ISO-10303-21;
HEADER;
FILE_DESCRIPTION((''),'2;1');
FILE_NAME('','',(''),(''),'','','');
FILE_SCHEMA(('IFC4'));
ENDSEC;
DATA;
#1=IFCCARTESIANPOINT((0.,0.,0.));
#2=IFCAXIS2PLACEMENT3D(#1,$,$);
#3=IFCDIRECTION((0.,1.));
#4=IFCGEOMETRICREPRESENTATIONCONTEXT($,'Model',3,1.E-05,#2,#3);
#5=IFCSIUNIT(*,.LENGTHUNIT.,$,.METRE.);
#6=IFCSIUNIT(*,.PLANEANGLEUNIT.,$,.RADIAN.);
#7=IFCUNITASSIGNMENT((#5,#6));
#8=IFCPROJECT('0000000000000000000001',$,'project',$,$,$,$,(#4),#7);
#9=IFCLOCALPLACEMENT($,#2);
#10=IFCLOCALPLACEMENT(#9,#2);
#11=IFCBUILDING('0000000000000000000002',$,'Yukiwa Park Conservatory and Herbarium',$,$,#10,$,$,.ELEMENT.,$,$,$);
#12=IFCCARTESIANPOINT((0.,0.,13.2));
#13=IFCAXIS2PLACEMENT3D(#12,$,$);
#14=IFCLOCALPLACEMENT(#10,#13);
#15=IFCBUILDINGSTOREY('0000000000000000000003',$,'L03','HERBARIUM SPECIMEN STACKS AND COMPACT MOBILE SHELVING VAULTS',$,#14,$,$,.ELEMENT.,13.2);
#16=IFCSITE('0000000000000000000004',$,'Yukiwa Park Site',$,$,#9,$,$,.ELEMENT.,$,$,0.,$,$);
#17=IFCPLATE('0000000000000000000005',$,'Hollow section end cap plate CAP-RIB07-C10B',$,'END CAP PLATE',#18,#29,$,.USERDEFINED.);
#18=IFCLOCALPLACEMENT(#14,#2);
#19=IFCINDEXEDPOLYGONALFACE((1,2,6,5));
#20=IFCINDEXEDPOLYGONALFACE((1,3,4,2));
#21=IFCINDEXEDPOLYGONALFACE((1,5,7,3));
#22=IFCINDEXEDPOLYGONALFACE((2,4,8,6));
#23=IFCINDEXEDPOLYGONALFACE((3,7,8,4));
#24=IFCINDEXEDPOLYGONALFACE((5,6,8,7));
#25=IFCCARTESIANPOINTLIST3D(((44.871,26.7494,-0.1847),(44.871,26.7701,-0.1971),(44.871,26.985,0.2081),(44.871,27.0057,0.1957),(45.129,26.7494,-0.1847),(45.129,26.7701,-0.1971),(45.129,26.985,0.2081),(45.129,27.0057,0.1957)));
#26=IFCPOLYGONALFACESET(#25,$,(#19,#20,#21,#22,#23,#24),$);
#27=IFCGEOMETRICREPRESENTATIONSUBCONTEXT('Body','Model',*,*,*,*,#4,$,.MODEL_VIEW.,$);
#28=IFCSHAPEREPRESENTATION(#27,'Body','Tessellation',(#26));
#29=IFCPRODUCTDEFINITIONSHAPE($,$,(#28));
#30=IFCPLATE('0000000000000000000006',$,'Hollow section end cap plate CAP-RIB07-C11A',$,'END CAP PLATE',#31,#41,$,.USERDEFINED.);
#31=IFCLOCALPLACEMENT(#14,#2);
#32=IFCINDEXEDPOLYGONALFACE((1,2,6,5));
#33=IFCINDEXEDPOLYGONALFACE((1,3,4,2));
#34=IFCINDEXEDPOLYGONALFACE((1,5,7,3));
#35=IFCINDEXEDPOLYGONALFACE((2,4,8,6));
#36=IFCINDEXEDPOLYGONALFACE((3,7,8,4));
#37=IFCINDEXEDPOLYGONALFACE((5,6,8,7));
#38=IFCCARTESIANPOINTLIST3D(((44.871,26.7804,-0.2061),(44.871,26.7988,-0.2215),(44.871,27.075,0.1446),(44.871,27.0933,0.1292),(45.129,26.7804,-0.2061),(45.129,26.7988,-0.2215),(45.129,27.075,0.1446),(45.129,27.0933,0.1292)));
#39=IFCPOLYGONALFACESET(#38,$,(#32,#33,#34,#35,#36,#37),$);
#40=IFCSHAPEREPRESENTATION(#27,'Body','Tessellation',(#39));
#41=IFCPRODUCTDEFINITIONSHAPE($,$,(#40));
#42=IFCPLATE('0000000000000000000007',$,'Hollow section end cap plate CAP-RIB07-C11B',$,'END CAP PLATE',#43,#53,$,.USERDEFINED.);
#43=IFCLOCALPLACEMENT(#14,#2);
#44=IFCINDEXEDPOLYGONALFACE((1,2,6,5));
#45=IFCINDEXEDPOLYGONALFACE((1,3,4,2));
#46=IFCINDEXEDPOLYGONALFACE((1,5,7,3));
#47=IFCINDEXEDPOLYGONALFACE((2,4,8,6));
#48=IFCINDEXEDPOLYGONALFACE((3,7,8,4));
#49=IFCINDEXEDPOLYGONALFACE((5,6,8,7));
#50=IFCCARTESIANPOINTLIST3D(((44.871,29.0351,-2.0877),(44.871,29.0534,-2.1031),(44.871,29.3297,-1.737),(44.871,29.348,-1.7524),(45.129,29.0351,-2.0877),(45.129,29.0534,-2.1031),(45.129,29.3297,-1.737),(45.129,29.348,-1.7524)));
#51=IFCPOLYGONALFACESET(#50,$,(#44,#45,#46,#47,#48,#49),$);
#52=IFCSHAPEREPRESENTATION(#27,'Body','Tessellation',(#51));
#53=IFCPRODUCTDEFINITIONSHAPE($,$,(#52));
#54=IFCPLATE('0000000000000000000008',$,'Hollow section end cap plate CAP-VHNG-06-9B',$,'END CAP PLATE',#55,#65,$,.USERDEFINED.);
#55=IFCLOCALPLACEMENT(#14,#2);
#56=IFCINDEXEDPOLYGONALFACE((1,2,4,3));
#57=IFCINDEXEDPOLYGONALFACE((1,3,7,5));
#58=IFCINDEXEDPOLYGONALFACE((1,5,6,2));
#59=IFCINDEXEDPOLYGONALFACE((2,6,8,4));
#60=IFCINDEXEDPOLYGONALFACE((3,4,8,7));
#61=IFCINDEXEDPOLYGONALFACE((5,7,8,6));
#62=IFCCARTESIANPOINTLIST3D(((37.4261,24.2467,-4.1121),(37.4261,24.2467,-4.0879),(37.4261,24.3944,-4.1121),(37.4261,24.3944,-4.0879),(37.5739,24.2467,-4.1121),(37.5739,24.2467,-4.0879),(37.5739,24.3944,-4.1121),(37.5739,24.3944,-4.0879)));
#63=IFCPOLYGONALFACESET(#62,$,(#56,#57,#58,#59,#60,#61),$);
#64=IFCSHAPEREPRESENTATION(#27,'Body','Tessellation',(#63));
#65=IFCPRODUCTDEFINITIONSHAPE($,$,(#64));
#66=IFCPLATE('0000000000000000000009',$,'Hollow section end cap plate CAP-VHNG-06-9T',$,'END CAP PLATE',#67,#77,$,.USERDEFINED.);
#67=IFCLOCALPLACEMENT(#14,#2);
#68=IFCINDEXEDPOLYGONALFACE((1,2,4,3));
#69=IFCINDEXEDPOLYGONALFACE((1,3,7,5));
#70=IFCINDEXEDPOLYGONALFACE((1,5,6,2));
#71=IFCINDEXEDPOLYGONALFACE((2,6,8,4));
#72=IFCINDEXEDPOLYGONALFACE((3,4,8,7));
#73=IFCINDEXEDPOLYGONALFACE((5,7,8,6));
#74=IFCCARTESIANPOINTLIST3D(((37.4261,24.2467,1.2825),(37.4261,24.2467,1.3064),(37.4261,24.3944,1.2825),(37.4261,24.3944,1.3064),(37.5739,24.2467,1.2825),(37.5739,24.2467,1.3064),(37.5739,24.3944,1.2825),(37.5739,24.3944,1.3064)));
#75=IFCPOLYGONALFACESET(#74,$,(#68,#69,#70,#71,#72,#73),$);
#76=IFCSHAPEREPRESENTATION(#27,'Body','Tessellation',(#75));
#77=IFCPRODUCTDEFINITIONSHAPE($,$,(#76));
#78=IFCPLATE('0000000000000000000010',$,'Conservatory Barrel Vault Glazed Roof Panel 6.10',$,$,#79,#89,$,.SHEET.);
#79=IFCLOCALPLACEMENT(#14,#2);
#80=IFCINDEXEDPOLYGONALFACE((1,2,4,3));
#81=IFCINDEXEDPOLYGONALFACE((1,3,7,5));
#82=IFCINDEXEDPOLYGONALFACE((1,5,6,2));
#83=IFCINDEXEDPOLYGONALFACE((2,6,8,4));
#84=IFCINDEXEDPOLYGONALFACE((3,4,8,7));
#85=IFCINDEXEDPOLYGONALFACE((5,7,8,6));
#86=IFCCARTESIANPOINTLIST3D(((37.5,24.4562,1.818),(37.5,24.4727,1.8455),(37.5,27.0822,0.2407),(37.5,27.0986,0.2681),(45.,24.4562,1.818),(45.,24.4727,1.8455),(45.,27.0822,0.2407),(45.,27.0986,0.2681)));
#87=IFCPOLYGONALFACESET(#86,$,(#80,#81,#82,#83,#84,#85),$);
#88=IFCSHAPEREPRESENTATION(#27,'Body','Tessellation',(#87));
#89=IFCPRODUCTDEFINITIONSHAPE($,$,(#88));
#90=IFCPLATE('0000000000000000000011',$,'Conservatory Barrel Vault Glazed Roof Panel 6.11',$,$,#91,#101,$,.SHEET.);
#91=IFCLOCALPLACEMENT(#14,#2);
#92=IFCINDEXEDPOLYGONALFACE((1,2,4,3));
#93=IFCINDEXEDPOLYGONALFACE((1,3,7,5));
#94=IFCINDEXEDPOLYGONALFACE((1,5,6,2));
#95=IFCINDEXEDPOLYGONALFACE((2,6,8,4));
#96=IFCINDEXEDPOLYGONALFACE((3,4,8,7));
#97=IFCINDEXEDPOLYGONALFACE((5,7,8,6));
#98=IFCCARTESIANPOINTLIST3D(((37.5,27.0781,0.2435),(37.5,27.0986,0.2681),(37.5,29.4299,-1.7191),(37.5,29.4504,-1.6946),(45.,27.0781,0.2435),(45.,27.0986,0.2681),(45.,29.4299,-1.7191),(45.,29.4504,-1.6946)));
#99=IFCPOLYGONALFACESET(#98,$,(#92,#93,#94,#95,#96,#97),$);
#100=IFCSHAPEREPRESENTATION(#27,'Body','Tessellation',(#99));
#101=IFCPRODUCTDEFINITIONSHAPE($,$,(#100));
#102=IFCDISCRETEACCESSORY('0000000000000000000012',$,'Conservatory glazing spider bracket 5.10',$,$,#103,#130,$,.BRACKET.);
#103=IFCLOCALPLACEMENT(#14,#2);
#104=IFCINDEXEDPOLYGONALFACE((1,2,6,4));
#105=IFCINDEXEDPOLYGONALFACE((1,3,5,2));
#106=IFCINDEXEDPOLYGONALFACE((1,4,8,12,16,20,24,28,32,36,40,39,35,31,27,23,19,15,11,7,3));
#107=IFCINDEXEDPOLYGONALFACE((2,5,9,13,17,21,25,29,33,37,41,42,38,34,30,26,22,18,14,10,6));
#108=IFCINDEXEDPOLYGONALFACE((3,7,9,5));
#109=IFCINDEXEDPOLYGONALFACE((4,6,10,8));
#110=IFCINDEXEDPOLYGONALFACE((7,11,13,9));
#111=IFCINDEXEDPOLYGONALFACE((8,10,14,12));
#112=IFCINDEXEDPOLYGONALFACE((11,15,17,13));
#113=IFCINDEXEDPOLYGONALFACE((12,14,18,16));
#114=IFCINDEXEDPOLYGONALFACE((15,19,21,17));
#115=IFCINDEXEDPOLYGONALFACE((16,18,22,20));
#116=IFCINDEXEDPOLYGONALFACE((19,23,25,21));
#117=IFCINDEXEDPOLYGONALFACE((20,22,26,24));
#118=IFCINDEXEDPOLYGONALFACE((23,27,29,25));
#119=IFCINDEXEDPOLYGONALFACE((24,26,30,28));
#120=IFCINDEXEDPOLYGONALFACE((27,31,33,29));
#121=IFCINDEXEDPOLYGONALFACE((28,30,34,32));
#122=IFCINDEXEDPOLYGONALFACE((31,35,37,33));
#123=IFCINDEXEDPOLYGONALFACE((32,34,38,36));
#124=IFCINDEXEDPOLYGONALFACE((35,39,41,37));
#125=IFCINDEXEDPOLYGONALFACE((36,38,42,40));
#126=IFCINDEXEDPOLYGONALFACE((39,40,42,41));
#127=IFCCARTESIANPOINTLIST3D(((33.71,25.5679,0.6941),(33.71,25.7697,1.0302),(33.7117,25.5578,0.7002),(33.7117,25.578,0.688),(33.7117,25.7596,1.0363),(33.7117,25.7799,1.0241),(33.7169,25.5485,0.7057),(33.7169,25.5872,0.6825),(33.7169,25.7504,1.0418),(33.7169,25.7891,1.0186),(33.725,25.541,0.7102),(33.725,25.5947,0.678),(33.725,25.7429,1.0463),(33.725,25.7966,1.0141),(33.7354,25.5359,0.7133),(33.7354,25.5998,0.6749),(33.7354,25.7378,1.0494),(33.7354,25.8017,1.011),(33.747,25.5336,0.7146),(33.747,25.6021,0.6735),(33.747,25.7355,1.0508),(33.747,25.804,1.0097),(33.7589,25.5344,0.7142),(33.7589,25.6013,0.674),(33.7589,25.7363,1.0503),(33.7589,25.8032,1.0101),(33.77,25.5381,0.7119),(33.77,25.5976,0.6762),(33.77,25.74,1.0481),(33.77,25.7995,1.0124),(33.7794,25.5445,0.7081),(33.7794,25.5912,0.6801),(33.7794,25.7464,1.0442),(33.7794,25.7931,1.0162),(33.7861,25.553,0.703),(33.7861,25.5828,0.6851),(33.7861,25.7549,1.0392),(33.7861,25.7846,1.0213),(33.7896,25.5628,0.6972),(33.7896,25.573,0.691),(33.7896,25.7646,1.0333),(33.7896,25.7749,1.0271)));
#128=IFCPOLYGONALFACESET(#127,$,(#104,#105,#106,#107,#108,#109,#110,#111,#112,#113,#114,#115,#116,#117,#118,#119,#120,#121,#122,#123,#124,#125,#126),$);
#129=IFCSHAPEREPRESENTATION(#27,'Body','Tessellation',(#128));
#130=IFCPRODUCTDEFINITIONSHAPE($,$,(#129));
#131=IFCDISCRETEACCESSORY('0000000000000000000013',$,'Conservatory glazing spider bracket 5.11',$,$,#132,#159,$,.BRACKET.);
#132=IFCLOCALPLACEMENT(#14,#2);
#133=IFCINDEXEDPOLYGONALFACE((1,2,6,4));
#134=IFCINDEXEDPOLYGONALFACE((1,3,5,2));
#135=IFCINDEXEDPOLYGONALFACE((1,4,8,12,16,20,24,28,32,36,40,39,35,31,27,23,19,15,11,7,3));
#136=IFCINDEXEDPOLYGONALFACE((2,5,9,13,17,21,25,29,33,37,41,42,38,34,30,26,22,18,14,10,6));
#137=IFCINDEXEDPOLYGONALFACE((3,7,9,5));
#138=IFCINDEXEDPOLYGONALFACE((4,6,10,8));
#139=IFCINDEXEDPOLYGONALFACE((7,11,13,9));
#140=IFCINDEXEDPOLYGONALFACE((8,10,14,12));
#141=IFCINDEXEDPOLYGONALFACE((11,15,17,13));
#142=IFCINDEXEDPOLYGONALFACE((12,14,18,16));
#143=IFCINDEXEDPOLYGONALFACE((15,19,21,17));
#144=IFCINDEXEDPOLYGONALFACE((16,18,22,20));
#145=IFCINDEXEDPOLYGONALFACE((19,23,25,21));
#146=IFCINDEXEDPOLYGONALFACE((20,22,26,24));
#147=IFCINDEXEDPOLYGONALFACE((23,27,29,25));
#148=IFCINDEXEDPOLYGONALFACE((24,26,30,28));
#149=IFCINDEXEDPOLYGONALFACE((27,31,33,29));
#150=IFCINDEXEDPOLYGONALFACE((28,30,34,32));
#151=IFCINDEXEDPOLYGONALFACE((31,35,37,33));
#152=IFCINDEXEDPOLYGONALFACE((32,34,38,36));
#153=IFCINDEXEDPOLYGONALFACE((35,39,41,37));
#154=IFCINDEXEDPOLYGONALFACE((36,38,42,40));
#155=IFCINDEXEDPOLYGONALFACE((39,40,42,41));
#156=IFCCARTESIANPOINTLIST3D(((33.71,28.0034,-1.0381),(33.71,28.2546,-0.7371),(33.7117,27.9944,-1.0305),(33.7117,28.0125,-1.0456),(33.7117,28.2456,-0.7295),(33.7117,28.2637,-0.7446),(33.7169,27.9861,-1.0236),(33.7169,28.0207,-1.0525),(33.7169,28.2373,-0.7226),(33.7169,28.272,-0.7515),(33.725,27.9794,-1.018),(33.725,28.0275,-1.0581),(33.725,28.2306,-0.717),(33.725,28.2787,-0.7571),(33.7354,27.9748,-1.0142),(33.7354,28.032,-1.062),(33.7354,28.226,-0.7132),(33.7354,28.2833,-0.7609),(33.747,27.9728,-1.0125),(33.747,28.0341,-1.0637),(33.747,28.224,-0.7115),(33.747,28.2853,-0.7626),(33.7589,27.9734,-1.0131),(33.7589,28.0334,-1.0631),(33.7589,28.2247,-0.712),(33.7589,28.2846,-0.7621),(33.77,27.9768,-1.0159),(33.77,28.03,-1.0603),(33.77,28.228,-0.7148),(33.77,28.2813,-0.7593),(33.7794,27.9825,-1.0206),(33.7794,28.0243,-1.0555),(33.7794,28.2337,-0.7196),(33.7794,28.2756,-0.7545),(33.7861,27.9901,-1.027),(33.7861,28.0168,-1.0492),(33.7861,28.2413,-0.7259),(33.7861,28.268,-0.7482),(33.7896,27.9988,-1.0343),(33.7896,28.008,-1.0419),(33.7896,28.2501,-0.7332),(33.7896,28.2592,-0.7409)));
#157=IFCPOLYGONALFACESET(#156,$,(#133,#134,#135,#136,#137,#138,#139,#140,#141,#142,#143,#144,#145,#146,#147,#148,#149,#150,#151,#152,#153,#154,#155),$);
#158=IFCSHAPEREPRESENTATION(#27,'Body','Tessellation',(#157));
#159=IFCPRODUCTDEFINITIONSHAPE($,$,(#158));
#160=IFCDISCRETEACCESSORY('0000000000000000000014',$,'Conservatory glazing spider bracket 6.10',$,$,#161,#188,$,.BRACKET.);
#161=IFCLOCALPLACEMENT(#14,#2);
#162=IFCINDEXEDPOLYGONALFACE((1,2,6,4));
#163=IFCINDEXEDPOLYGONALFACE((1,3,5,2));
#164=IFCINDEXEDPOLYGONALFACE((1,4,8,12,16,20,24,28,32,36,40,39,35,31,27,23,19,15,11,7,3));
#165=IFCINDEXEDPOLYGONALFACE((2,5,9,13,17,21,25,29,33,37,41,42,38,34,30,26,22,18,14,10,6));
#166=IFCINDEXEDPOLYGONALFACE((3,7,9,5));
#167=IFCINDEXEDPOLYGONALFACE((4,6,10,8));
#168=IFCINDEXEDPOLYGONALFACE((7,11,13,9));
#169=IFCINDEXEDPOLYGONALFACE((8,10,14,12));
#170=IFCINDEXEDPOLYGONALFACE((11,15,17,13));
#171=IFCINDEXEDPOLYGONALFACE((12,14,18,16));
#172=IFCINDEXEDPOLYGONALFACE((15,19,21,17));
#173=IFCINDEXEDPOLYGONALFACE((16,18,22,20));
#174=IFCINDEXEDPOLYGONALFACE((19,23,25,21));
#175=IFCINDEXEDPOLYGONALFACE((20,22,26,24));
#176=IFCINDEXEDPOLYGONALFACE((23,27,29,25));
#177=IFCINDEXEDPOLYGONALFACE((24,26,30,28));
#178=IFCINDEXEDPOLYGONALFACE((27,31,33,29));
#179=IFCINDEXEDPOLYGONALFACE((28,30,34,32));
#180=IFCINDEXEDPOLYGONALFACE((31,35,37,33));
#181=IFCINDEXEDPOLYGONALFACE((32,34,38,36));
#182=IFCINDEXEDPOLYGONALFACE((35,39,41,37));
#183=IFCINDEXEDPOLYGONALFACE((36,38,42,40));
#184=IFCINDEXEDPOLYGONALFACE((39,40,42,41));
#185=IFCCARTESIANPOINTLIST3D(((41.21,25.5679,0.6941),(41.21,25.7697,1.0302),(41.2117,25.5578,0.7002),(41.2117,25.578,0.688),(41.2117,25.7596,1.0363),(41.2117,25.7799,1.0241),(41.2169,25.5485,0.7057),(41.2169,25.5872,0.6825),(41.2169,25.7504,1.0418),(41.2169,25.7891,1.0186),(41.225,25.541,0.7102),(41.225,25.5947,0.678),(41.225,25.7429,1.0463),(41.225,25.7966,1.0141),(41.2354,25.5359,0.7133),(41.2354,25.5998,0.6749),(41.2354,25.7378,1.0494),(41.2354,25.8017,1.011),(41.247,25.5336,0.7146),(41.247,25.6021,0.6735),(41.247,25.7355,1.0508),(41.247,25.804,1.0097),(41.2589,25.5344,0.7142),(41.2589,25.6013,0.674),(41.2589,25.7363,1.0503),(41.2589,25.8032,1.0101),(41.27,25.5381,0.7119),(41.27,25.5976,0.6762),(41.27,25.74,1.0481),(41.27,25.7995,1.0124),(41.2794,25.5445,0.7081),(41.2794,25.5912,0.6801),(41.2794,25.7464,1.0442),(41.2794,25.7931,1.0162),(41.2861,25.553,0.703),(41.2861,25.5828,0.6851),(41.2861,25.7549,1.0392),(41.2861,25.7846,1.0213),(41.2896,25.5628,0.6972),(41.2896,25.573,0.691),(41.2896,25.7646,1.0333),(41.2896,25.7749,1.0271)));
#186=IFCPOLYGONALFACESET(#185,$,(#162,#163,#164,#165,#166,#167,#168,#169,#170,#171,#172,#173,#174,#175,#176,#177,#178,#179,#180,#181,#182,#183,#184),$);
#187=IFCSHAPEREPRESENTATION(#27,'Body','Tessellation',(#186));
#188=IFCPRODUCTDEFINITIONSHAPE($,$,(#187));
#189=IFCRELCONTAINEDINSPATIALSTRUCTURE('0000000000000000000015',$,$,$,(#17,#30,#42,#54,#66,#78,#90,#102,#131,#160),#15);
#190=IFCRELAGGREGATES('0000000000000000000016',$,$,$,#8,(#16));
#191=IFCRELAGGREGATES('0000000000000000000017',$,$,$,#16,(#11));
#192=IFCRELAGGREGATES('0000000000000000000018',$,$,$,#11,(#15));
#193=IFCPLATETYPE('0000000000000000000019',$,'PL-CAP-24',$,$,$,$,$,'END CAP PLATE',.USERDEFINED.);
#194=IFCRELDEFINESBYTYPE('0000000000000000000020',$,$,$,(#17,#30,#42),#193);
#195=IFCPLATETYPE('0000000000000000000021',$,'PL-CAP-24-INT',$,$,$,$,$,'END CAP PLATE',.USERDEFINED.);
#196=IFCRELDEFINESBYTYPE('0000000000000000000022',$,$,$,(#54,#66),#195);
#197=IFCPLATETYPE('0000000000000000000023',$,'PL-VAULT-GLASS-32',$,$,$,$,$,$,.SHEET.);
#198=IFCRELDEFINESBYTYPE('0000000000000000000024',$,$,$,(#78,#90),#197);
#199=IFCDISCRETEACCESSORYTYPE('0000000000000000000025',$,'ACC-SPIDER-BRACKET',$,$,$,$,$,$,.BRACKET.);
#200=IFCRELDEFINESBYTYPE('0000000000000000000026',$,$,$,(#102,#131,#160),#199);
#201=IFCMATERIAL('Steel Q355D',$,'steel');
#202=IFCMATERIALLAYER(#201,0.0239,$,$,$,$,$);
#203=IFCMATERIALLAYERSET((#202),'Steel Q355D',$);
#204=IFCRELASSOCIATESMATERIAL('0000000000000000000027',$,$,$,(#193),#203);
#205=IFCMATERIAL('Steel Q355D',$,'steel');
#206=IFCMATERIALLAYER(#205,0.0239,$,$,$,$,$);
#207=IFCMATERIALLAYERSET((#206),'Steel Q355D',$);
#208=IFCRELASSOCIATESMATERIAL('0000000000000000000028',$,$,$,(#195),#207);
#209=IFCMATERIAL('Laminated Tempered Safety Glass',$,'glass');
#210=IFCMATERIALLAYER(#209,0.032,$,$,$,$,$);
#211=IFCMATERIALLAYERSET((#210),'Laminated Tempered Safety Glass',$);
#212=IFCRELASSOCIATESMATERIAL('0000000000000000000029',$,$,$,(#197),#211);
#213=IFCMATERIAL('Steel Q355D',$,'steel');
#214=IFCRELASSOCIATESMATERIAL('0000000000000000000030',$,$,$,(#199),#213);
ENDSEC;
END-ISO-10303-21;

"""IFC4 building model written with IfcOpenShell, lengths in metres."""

from ifc_helpers import new_model, si_unit, direction, frame, origin, origin_2d, place, context, subcontext, project, spatial, polyline, rectangle, circle, outline, extrude, material, layer, layer_set, type_object, element, save


model = new_model("IFC4")

# Units and contexts
model_context = context("Model", 3, precision=1e-05, world=origin(), true_north=direction((0.0, 1.0)))
body_context = subcontext(model_context, "Body", "Model", "MODEL_VIEW")
ifc_project = project(units=[si_unit("LENGTHUNIT", "METRE"), si_unit("PLANEANGLEUNIT", "RADIAN")], contexts=[model_context])

# Site, building, storey
site_placement = place(None, origin())
site = spatial("IfcSite", under=ifc_project, at=site_placement, Name="Yukiwa Park Site", CompositionType="ELEMENT", RefElevation=0.0)
building_placement = place(site_placement, origin())
building = spatial("IfcBuilding", under=site, at=building_placement, Name="Yukiwa Park Conservatory and Herbarium", CompositionType="ELEMENT")
storey_placement = place(building_placement, frame((0.0, 0.0, 13.2)))
storey = spatial("IfcBuildingStorey", under=building, at=storey_placement, Name="L03", Description="HERBARIUM SPECIMEN STACKS AND COMPACT MOBILE SHELVING VAULTS", CompositionType="ELEMENT", Elevation=13.2)

# Plates
ifc_material_1 = material(Name="Steel Q355D", Category="steel")
ifc_layer_1 = layer(ifc_material_1, 0.0239)
ifc_layer_set_1 = layer_set([ifc_layer_1], Name="Steel Q355D")
plate_type_1 = type_object("IfcPlateType", Name="PL-CAP-24", ElementType="END CAP PLATE", PredefinedType="USERDEFINED", material=ifc_layer_set_1)
plate_1_placement = place(storey_placement, frame((45.0, 26.8672, 0.0117), z_axis=(0.0, 0.857493, -0.514496), x_axis=(-1.0, 0.0, 0.0)))
element("IfcPlate", 1, at=plate_1_placement, inside=storey, type_object=plate_type_1, Name="Hollow section end cap plate CAP-RIB07-C10B", ObjectType="END CAP PLATE", PredefinedType="USERDEFINED", context=body_context, shape_type="SweptSolid", body=[
    extrude(rectangle(XDim=0.2581, YDim=0.458, at=origin_2d()), origin(), (0.0, 0.0, 1.0), 0.0242),
])
for number, where, z_axis, x_axis, name in (
    (2, (45.0, 26.946, -0.0461), (0.0, -0.765705, 0.643192), (1.0, 0.0, 0.0), "Hollow section end cap plate CAP-RIB07-C11A"),
    (3, (45.0, 29.1824, -1.9124), (0.0, 0.765705, -0.643192), (-1.0, 0.0, 0.0), "Hollow section end cap plate CAP-RIB07-C11B"),
):
    element("IfcPlate", number, at=place(storey_placement, frame(where, z_axis=z_axis, x_axis=x_axis)), inside=storey, type_object=plate_type_1, Name=name, ObjectType="END CAP PLATE", PredefinedType="USERDEFINED", context=body_context, shape_type="SweptSolid", body=[
        extrude(rectangle(XDim=0.2581, YDim=0.458, at=origin_2d()), origin(), (0.0, 0.0, 1.0), 0.0239),
    ])
ifc_material_2 = material(Name="Steel Q355D", Category="steel")
ifc_layer_2 = layer(ifc_material_2, 0.0239)
ifc_layer_set_2 = layer_set([ifc_layer_2], Name="Steel Q355D")
plate_type_2 = type_object("IfcPlateType", Name="PL-CAP-24-INT", ElementType="END CAP PLATE", PredefinedType="USERDEFINED", material=ifc_layer_set_2)
plate_2_placement = place(storey_placement, frame((37.5, 24.3206, -4.0879), z_axis=(0.0, 0.0, -1.0), x_axis=(1.0, 0.0, 0.0)))
element("IfcPlate", 4, at=plate_2_placement, inside=storey, type_object=plate_type_2, Name="Hollow section end cap plate CAP-VHNG-06-9B", ObjectType="END CAP PLATE", PredefinedType="USERDEFINED", context=body_context, shape_type="SweptSolid", body=[
    extrude(rectangle(XDim=0.1477, YDim=0.1477, at=origin_2d()), origin(), (0.0, 0.0, 1.0), 0.0242),
])
plate_3_placement = place(storey_placement, frame((37.5, 24.3206, 1.2825), z_axis=(0.0, 0.0, 1.0), x_axis=(1.0, 0.0, 0.0)))
element("IfcPlate", 5, at=plate_3_placement, inside=storey, type_object=plate_type_2, Name="Hollow section end cap plate CAP-VHNG-06-9T", ObjectType="END CAP PLATE", PredefinedType="USERDEFINED", context=body_context, shape_type="SweptSolid", body=[
    extrude(rectangle(XDim=0.1477, YDim=0.1477, at=origin_2d()), origin(), (0.0, 0.0, 1.0), 0.0239),
])
ifc_material_3 = material(Name="Laminated Tempered Safety Glass", Category="glass")
ifc_layer_3 = layer(ifc_material_3, 0.032)
ifc_layer_set_3 = layer_set([ifc_layer_3], Name="Laminated Tempered Safety Glass")
plate_type_3 = type_object("IfcPlateType", Name="PL-VAULT-GLASS-32", PredefinedType="SHEET", material=ifc_layer_set_3)
plate_4_placement = place(storey_placement, frame((37.5, 24.4727, 1.8455), z_axis=(0.0, 0.514929, 0.857233), x_axis=(1.0, 0.0, 0.0)))
element("IfcPlate", 6, at=plate_4_placement, inside=storey, type_object=plate_type_3, Name="Conservatory Barrel Vault Glazed Roof Panel 6.10", PredefinedType="SHEET", context=body_context, shape_type="SweptSolid", body=[
    extrude(outline(polyline([(0.0, 0.0), (7.5, 0.0), (7.5, 3.0633), (0.0, 3.0633), (0.0, 0.0)])), origin(), (0.0, 0.0, -1.0), 0.032),
])
plate_5_placement = place(storey_placement, frame((37.5, 27.0986, 0.2681), z_axis=(0.0, 0.640725, 0.76777), x_axis=(1.0, 0.0, 0.0)))
element("IfcPlate", 7, at=plate_5_placement, inside=storey, type_object=plate_type_3, Name="Conservatory Barrel Vault Glazed Roof Panel 6.11", PredefinedType="SHEET", context=body_context, shape_type="SweptSolid", body=[
    extrude(outline(polyline([(0.0, 0.0), (7.5, 0.0), (7.5, 3.0632), (0.0, 3.0632), (0.0, 0.0)])), origin(), (0.0, 0.0, -1.0), 0.032),
])

# Discrete accessories
ifc_material_4 = material(Name="Steel Q355D", Category="steel")
discrete_accessory_type = type_object("IfcDiscreteAccessoryType", Name="ACC-SPIDER-BRACKET", PredefinedType="BRACKET", material=ifc_material_4)
for number, where, z_axis, x_axis, name in (
    (8, (33.75, 25.5679, 0.6941), (0.0, 0.514862, 0.857273), (-1.0, 0.0, 0.0), "Conservatory glazing spider bracket 5.10"),
    (9, (33.75, 28.0034, -1.0381), (0.0, 0.640735, 0.767762), (-1.0, 0.0, 0.0), "Conservatory glazing spider bracket 5.11"),
    (10, (41.25, 25.5679, 0.6941), (0.0, 0.514862, 0.857273), (-1.0, 0.0, 0.0), "Conservatory glazing spider bracket 6.10"),
):
    element("IfcDiscreteAccessory", number, at=place(storey_placement, frame(where, z_axis=z_axis, x_axis=x_axis)), inside=storey, type_object=discrete_accessory_type, Name=name, PredefinedType="BRACKET", context=body_context, shape_type="SweptSolid", body=[
        extrude(circle(Radius=0.04, at=origin_2d()), origin(), (0.0, 0.0, 1.0), 0.3921),
    ])

save(model, "model.ifc")
